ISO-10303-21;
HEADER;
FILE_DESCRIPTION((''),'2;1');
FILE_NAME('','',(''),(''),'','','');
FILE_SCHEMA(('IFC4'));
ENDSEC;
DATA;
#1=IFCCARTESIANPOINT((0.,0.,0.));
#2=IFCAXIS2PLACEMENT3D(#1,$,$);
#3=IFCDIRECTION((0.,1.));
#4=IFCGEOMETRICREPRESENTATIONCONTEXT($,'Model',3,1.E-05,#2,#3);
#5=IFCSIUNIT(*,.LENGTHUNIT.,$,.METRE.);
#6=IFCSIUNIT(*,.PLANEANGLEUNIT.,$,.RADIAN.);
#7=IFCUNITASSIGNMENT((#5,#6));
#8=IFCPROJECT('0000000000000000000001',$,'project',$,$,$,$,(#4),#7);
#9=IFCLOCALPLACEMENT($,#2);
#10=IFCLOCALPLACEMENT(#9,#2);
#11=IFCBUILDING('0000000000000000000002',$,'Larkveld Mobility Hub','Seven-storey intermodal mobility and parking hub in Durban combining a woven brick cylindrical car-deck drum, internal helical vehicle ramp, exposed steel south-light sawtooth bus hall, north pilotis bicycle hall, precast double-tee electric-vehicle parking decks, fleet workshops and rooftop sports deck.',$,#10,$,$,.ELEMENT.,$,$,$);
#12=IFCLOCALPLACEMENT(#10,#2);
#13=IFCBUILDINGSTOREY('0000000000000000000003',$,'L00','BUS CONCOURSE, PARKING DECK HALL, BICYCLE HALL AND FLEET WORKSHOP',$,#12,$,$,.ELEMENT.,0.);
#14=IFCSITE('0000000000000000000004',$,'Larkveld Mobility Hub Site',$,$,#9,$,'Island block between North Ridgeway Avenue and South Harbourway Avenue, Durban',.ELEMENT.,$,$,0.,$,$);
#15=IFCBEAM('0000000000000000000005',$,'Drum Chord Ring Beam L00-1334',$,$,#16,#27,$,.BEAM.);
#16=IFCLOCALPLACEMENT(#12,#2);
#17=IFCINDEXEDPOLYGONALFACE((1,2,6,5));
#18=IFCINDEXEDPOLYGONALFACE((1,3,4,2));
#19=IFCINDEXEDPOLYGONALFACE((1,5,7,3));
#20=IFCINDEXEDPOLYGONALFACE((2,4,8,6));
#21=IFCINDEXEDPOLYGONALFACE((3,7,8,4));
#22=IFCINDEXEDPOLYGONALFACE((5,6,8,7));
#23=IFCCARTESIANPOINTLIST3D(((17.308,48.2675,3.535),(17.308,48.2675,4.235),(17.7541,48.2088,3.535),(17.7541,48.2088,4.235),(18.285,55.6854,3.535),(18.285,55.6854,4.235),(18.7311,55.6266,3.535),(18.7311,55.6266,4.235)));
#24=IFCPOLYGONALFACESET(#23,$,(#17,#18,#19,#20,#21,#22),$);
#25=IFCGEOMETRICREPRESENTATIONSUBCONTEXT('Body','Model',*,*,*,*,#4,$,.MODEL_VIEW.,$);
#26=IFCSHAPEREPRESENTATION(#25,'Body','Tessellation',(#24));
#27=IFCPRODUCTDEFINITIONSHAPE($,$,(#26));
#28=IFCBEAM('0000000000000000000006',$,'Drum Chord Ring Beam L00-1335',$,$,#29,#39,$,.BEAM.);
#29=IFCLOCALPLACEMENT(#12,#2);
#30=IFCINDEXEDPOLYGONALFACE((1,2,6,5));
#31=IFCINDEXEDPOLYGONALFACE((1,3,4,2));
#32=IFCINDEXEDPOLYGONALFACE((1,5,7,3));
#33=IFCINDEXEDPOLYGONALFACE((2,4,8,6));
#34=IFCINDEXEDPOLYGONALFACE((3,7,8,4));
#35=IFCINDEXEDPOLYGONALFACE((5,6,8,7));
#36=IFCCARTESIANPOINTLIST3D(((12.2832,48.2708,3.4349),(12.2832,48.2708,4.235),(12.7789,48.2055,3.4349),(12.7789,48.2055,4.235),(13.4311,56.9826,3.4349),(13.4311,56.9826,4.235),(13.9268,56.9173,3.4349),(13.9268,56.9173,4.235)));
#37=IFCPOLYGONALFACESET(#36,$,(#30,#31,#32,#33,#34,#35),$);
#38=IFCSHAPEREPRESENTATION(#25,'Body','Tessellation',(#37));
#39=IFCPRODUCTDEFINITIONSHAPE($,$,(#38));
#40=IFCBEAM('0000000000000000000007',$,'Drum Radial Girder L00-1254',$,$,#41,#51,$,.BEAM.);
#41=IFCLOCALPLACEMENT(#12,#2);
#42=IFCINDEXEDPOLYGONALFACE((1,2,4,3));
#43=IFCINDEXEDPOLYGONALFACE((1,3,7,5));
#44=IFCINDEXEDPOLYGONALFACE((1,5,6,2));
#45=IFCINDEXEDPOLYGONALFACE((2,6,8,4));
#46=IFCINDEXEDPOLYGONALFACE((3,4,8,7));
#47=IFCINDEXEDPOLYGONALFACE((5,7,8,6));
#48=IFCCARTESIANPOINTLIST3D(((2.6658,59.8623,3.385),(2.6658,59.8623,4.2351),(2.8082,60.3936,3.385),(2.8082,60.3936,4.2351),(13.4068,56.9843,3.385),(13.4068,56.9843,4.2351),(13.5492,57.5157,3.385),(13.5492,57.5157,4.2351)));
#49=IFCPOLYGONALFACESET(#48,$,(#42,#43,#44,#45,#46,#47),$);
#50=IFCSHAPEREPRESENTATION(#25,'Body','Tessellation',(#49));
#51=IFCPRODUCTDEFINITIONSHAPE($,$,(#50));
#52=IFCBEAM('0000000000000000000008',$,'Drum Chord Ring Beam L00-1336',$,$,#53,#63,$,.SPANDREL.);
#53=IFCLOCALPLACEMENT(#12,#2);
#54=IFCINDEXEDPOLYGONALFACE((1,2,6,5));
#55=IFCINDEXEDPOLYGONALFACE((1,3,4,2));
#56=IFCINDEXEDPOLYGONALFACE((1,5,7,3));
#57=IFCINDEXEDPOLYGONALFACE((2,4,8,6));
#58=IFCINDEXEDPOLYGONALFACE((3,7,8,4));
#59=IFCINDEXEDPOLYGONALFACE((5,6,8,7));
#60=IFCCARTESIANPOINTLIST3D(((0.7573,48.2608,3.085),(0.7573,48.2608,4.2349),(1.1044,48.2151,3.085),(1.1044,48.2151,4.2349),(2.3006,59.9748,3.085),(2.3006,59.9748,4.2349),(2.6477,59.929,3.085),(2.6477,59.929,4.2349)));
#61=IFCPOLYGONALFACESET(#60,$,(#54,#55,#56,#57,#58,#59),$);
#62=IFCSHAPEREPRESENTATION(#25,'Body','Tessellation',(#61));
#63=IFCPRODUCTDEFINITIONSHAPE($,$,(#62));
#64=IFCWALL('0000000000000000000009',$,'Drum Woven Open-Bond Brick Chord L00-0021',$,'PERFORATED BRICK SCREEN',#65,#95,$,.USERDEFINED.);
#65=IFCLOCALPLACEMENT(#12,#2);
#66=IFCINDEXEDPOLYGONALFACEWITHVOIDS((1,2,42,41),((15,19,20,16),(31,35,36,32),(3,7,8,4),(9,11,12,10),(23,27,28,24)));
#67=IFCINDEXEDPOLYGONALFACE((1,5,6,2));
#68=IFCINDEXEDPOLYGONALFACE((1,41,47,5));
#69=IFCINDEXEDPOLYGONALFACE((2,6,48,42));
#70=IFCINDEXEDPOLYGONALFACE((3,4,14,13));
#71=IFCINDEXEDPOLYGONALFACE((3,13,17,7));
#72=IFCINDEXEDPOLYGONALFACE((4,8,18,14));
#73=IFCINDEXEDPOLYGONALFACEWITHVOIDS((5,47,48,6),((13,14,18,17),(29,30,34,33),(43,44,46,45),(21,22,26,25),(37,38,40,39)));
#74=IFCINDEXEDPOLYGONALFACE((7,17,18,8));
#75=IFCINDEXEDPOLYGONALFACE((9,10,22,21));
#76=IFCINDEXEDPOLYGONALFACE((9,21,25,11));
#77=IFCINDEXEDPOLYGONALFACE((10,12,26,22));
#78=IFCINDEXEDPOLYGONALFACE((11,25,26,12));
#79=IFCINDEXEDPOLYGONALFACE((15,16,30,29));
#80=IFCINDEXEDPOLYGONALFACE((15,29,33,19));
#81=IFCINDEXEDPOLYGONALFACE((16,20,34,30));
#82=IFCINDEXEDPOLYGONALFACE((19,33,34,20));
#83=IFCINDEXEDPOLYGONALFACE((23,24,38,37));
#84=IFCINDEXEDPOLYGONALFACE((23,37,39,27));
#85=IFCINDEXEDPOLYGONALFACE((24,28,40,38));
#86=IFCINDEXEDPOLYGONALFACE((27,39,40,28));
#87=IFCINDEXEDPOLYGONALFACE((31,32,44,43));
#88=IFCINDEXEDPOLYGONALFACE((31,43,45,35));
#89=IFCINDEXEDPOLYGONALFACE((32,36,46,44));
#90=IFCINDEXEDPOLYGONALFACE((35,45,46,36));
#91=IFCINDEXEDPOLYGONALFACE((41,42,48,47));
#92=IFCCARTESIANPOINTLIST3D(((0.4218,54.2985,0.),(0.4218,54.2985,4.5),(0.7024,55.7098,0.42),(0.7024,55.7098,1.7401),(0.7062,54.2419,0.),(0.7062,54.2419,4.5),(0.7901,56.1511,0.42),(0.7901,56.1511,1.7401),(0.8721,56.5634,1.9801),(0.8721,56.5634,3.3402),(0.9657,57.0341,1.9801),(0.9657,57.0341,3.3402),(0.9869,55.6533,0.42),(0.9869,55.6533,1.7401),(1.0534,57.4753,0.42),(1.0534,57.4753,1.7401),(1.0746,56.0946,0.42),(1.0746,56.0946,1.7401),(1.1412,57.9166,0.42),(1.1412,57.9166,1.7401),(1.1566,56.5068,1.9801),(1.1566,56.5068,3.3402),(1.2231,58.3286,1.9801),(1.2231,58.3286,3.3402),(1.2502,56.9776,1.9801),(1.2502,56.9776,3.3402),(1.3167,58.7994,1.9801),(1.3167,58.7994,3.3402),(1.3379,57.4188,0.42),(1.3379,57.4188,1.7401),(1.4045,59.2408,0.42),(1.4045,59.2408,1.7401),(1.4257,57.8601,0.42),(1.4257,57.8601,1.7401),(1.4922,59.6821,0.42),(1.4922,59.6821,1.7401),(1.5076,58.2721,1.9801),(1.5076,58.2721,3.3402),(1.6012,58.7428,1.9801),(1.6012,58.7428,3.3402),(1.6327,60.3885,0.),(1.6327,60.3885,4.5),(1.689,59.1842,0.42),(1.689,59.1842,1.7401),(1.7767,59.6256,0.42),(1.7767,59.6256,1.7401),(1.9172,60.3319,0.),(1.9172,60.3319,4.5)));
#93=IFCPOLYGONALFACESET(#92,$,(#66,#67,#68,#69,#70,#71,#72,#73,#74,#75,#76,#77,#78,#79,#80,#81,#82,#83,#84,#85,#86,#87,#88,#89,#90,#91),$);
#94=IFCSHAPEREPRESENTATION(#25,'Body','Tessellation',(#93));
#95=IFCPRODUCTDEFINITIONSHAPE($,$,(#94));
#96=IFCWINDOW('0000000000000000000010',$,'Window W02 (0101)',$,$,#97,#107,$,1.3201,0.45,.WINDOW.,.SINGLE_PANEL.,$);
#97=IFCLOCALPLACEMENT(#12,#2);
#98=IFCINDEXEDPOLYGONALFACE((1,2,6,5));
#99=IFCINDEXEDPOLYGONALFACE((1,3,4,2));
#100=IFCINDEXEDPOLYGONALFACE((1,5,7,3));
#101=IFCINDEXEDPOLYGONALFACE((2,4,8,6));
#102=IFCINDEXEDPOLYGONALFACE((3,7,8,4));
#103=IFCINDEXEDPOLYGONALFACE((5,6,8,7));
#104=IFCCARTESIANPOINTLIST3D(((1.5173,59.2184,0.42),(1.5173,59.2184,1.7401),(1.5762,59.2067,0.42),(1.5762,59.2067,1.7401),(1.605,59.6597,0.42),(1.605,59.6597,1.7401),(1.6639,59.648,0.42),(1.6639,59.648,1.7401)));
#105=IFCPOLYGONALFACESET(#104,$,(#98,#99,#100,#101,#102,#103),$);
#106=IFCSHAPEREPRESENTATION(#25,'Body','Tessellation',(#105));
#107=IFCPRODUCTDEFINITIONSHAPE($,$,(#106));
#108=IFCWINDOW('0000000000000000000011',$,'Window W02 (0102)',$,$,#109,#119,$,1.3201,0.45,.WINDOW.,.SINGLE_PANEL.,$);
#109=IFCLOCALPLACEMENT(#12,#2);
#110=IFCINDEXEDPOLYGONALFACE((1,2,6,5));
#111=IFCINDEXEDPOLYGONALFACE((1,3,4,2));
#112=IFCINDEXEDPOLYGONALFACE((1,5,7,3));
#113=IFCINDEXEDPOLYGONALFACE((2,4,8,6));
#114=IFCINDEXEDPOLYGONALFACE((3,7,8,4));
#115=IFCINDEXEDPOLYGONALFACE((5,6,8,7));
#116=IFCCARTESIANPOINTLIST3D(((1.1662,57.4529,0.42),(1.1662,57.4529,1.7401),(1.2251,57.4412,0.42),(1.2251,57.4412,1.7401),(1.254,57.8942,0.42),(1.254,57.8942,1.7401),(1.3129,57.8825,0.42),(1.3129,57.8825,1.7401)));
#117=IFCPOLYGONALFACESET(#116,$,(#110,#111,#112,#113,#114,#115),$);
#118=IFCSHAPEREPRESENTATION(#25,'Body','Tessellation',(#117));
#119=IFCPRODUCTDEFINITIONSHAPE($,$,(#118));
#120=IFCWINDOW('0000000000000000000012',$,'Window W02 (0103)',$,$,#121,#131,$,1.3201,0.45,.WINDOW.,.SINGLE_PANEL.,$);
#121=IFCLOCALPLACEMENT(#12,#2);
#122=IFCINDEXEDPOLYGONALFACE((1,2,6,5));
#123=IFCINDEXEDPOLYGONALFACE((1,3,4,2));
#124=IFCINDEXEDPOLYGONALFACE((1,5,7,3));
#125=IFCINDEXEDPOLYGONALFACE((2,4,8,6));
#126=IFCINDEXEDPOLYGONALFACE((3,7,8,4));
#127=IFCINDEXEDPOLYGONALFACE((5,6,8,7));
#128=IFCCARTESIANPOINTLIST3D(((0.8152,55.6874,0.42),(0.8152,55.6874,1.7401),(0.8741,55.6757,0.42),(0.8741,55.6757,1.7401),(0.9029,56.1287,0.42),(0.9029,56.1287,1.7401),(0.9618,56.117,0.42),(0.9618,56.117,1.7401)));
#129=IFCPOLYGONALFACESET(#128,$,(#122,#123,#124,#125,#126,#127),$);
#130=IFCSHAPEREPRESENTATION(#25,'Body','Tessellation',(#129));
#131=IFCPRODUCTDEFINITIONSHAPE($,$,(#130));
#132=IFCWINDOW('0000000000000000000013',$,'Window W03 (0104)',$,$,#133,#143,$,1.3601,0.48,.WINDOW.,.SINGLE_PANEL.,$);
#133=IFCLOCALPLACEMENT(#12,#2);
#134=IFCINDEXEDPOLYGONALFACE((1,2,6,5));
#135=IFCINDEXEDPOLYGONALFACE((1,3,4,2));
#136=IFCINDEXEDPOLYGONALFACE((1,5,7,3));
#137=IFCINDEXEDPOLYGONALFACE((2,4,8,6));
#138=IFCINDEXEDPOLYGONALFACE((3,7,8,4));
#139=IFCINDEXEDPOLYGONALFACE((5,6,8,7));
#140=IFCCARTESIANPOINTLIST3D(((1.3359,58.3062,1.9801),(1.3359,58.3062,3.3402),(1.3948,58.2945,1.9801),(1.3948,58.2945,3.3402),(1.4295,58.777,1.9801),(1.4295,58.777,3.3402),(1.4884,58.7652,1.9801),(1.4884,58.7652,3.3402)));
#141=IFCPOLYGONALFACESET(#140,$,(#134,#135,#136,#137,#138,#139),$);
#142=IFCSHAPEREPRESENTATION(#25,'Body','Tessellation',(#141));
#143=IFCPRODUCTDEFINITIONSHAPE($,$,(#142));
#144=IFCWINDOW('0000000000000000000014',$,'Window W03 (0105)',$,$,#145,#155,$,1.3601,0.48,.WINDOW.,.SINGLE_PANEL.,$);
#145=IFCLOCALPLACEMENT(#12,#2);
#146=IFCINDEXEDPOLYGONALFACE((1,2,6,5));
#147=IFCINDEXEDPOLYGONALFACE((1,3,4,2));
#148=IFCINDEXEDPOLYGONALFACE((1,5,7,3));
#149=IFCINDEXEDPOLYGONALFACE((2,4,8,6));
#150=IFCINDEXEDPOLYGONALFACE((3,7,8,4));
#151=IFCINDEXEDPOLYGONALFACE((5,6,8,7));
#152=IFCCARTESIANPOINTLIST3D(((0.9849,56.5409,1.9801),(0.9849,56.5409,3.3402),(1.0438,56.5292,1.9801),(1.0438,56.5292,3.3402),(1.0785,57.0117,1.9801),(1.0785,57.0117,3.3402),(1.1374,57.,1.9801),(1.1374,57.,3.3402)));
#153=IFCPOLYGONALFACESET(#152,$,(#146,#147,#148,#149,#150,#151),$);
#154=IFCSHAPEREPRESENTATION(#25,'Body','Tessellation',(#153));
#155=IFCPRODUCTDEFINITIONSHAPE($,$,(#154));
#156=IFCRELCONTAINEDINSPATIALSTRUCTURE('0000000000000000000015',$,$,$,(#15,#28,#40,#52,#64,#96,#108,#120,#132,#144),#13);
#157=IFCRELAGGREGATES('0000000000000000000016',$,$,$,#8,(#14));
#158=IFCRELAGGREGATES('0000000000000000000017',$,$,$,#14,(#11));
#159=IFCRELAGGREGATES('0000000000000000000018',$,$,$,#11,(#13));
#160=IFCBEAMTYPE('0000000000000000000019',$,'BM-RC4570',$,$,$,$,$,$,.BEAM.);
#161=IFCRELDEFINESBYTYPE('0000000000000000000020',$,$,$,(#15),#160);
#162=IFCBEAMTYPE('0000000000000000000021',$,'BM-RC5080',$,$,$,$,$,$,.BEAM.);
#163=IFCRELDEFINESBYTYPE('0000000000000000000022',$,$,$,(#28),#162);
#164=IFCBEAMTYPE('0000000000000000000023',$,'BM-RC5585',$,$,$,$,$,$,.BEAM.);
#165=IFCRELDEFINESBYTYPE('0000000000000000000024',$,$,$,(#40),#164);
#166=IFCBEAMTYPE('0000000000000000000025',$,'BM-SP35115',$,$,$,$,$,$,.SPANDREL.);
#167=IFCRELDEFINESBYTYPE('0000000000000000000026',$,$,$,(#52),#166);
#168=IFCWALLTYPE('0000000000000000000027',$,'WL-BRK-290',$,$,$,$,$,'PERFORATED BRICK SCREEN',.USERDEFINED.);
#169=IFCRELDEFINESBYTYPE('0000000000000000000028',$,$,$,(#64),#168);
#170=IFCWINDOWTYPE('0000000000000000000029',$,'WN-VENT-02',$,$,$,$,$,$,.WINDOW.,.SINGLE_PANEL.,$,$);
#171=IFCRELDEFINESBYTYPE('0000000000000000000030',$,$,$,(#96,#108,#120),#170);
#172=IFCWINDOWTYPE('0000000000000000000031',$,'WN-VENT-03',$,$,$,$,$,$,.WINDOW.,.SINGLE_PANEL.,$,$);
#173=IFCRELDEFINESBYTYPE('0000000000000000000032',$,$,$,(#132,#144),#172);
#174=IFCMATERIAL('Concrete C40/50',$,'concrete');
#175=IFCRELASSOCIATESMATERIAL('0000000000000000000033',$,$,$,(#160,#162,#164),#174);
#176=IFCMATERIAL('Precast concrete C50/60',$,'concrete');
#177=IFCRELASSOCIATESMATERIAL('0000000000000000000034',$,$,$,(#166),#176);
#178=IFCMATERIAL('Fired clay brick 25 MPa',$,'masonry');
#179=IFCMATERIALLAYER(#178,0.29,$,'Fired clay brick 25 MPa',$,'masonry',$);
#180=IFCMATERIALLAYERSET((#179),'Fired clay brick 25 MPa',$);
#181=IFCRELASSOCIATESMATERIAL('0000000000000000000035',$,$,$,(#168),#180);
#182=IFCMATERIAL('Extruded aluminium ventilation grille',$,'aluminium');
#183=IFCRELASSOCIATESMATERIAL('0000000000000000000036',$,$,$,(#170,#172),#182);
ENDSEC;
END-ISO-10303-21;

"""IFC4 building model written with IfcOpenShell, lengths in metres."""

from ifc_helpers import new_model, si_unit, direction, frame, frame_2d, origin, origin_2d, place, context, subcontext, project, spatial, rectangle, extrude, material, layer, layer_set, material_profile, profile_set, type_object, element, fill, save


model = new_model("IFC4")

# Units and contexts
model_context = context("Model", 3, precision=1e-05, world=origin(), true_north=direction((0.0, 1.0)))
body_context = subcontext(model_context, "Body", "Model", "MODEL_VIEW")
ifc_project = project(units=[si_unit("LENGTHUNIT", "METRE"), si_unit("PLANEANGLEUNIT", "RADIAN")], contexts=[model_context])

# Site, building, storey
site_placement = place(None, origin())
site = spatial("IfcSite", under=ifc_project, at=site_placement, Name="Larkveld Mobility Hub Site", LongName="Island block between North Ridgeway Avenue and South Harbourway Avenue, Durban", CompositionType="ELEMENT", RefElevation=0.0)
building_placement = place(site_placement, origin())
building = spatial("IfcBuilding", under=site, at=building_placement, Name="Larkveld Mobility Hub", Description="Seven-storey intermodal mobility and parking hub in Durban combining a woven brick cylindrical car-deck drum, internal helical vehicle ramp, exposed steel south-light sawtooth bus hall, north pilotis bicycle hall, precast double-tee electric-vehicle parking decks, fleet workshops and rooftop sports deck.", CompositionType="ELEMENT")
storey_placement = place(building_placement, origin())
storey = spatial("IfcBuildingStorey", under=building, at=storey_placement, Name="L00", Description="BUS CONCOURSE, PARKING DECK HALL, BICYCLE HALL AND FLEET WORKSHOP", CompositionType="ELEMENT", Elevation=0.0)

# Shared definitions
ifc_material_1 = material(Name="Concrete C40/50", Category="concrete")

# Beams
ifc_material_profile_1 = material_profile(ifc_material_1, rectangle(XDim=0.45, YDim=0.7, at=origin_2d()), Name="RC BM 450x700")
ifc_profile_set_1 = profile_set([ifc_material_profile_1], Name="Concrete C40/50")
beam_type_1 = type_object("IfcBeamType", Name="BM-RC4570", PredefinedType="BEAM", material=ifc_profile_set_1)
beam_1_placement = place(storey_placement, frame((18.5081, 55.656, 3.885), z_axis=(-0.130586, -0.991437, 0.0), x_axis=(0.991437, -0.130586, 0.0)))
element("IfcBeam", 1, at=beam_1_placement, inside=storey, type_object=beam_type_1, Name="Drum Chord Ring Beam L00-1334", PredefinedType="BEAM", context=body_context, shape_type="SweptSolid", body=[
    extrude(rectangle(XDim=0.45, YDim=0.7, at=origin_2d()), origin(), (0.0, 0.0, 1.0), 7.4819),
])
ifc_material_profile_2 = material_profile(ifc_material_1, rectangle(XDim=0.5, YDim=0.8, at=origin_2d()), Name="RC BM 500x800")
ifc_profile_set_2 = profile_set([ifc_material_profile_2], Name="Concrete C40/50")
beam_type_2 = type_object("IfcBeamType", Name="BM-RC5080", PredefinedType="BEAM", material=ifc_profile_set_2)
beam_2_placement = place(storey_placement, frame((13.679, 56.95, 3.835), z_axis=(-0.130638, -0.99143, 0.0), x_axis=(0.99143, -0.130638, 0.0)))
element("IfcBeam", 2, at=beam_2_placement, inside=storey, type_object=beam_type_2, Name="Drum Chord Ring Beam L00-1335", PredefinedType="BEAM", context=body_context, shape_type="SweptSolid", body=[
    extrude(rectangle(XDim=0.5, YDim=0.8, at=origin_2d()), origin(), (0.0, 0.0, 1.0), 8.7871),
])
ifc_material_profile_3 = material_profile(ifc_material_1, rectangle(XDim=0.55, YDim=0.8501, at=origin_2d()), Name="RC BM 550x850")
ifc_profile_set_3 = profile_set([ifc_material_profile_3], Name="Concrete C40/50")
beam_type_3 = type_object("IfcBeamType", Name="BM-RC5585", PredefinedType="BEAM", material=ifc_profile_set_3)
beam_3_placement = place(storey_placement, frame((13.478, 57.25, 3.8101), z_axis=(-0.965928, 0.25881, 0.0), x_axis=(-0.25881, -0.965928, 0.0)))
element("IfcBeam", 3, at=beam_3_placement, inside=storey, type_object=beam_type_3, Name="Drum Radial Girder L00-1254", PredefinedType="BEAM", context=body_context, shape_type="SweptSolid", body=[
    extrude(rectangle(XDim=0.55, YDim=0.8501, at=origin_2d()), origin(), (0.0, 0.0, 1.0), 11.1199),
])
ifc_material_2 = material(Name="Precast concrete C50/60", Category="concrete")
ifc_material_profile_4 = material_profile(ifc_material_2, rectangle(XDim=0.3501, YDim=1.1499, at=origin_2d()), Name="PC SP 350x1150")
ifc_profile_set_4 = profile_set([ifc_material_profile_4], Name="Precast concrete C50/60")
beam_type_4 = type_object("IfcBeamType", Name="BM-SP35115", PredefinedType="SPANDREL", material=ifc_profile_set_4)
beam_4_placement = place(storey_placement, frame((2.4741, 59.9519, 3.6599), z_axis=(-0.130614, -0.991433, 0.0), x_axis=(0.991433, -0.130614, 0.0)))
element("IfcBeam", 4, at=beam_4_placement, inside=storey, type_object=beam_type_4, Name="Drum Chord Ring Beam L00-1336", PredefinedType="SPANDREL", context=body_context, shape_type="SweptSolid", body=[
    extrude(rectangle(XDim=0.3501, YDim=1.1499, at=origin_2d()), origin(), (0.0, 0.0, 1.0), 11.8152),
])

# Wall, openings, windows
ifc_material_3 = material(Name="Fired clay brick 25 MPa", Category="masonry")
ifc_layer_1 = layer(ifc_material_3, 0.29, Name="Fired clay brick 25 MPa", Category="masonry")
ifc_layer_set_1 = layer_set([ifc_layer_1], Name="Fired clay brick 25 MPa")
wall_type_1 = type_object("IfcWallType", Name="WL-BRK-290", ElementType="PERFORATED BRICK SCREEN", PredefinedType="USERDEFINED", material=ifc_layer_set_1)
wall_1_placement = place(storey_placement, frame((1.7749, 60.3601, 0.0), z_axis=(0.0, 0.0, 1.0), x_axis=(-0.19502, -0.980799, 0.0)))
wall_1 = element("IfcWall", 5, at=wall_1_placement, inside=storey, type_object=wall_type_1, Name="Drum Woven Open-Bond Brick Chord L00-0021", ObjectType="PERFORATED BRICK SCREEN", PredefinedType="USERDEFINED", context=body_context, shape_type="SweptSolid", body=[
    extrude(rectangle(XDim=6.2092, YDim=0.29, at=frame_2d((3.1045, 0.0))), origin(), (0.0, 0.0, 1.0), 4.5),
])
opening_1_placement = place(wall_1_placement, frame((0.72, 0.0, 0.4199)))
opening_1 = element("IfcOpeningElement", 6, at=opening_1_placement, cuts=wall_1, PredefinedType="OPENING", context=body_context, shape_type="SweptSolid", body=[
    extrude(rectangle(XDim=0.45, YDim=1.3201, at=frame_2d((0.2251, 0.6602))), frame((0.0, 0.155, 0.0), z_axis=(0.0, -1.0, 0.0), x_axis=(1.0, 0.0, 0.0)), (0.0, 0.0, 1.0), 0.3101),
])
opening_2_placement = place(wall_1_placement, frame((2.52, 0.0, 0.4199)))
opening_2 = element("IfcOpeningElement", 7, at=opening_2_placement, cuts=wall_1, PredefinedType="OPENING", context=body_context, shape_type="SweptSolid", body=[
    extrude(rectangle(XDim=0.45, YDim=1.3201, at=frame_2d((0.2251, 0.6602))), frame((0.0, 0.155, 0.0), z_axis=(0.0, -1.0, 0.0), x_axis=(1.0, 0.0, 0.0)), (0.0, 0.0, 1.0), 0.3101),
])
opening_3_placement = place(wall_1_placement, frame((4.3201, 0.0, 0.4199)))
opening_3 = element("IfcOpeningElement", 8, at=opening_3_placement, cuts=wall_1, PredefinedType="OPENING", context=body_context, shape_type="SweptSolid", body=[
    extrude(rectangle(XDim=0.45, YDim=1.3201, at=frame_2d((0.2251, 0.6602))), frame((0.0, 0.155, 0.0), z_axis=(0.0, -1.0, 0.0), x_axis=(1.0, 0.0, 0.0)), (0.0, 0.0, 1.0), 0.3101),
])
opening_4_placement = place(wall_1_placement, frame((1.6201, 0.0, 1.98)))
opening_4 = element("IfcOpeningElement", 9, at=opening_4_placement, cuts=wall_1, PredefinedType="OPENING", context=body_context, shape_type="SweptSolid", body=[
    extrude(rectangle(XDim=0.48, YDim=1.3601, at=frame_2d((0.24, 0.6802))), frame((0.0, 0.155, 0.0), z_axis=(0.0, -1.0, 0.0), x_axis=(1.0, 0.0, 0.0)), (0.0, 0.0, 1.0), 0.3101),
])
opening_5_placement = place(wall_1_placement, frame((3.4199, 0.0, 1.98)))
opening_5 = element("IfcOpeningElement", 10, at=opening_5_placement, cuts=wall_1, PredefinedType="OPENING", context=body_context, shape_type="SweptSolid", body=[
    extrude(rectangle(XDim=0.48, YDim=1.3601, at=frame_2d((0.24, 0.6802))), frame((0.0, 0.155, 0.0), z_axis=(0.0, -1.0, 0.0), x_axis=(1.0, 0.0, 0.0)), (0.0, 0.0, 1.0), 0.3101),
])
ifc_material_4 = material(Name="Extruded aluminium ventilation grille", Category="aluminium")
window_type_1 = type_object("IfcWindowType", Name="WN-VENT-02", PartitioningType="SINGLE_PANEL", PredefinedType="WINDOW", material=ifc_material_4)
window_1_placement = place(opening_1_placement, origin())
window_1 = element("IfcWindow", 11, at=window_1_placement, inside=storey, type_object=window_type_1, Name="Window W02 (0101)", OverallHeight=1.3201, OverallWidth=0.45, PartitioningType="SINGLE_PANEL", PredefinedType="WINDOW", context=body_context, shape_type="SweptSolid", body=[
    extrude(rectangle(XDim=0.45, YDim=1.3201, at=frame_2d((0.2251, 0.6602))), frame((0.0, 0.03, 0.0), z_axis=(0.0, -1.0, 0.0), x_axis=(1.0, 0.0, 0.0)), (0.0, 0.0, 1.0), 0.0601),
])
fill(opening_1, window_1)
window_2_placement = place(opening_2_placement, origin())
window_2 = element("IfcWindow", 12, at=window_2_placement, inside=storey, type_object=window_type_1, Name="Window W02 (0102)", OverallHeight=1.3201, OverallWidth=0.45, PartitioningType="SINGLE_PANEL", PredefinedType="WINDOW", context=body_context, shape_type="SweptSolid", body=[
    extrude(rectangle(XDim=0.45, YDim=1.3201, at=frame_2d((0.2251, 0.6602))), frame((0.0, 0.03, 0.0), z_axis=(0.0, -1.0, 0.0), x_axis=(1.0, 0.0, 0.0)), (0.0, 0.0, 1.0), 0.0601),
])
fill(opening_2, window_2)
window_3_placement = place(opening_3_placement, origin())
window_3 = element("IfcWindow", 13, at=window_3_placement, inside=storey, type_object=window_type_1, Name="Window W02 (0103)", OverallHeight=1.3201, OverallWidth=0.45, PartitioningType="SINGLE_PANEL", PredefinedType="WINDOW", context=body_context, shape_type="SweptSolid", body=[
    extrude(rectangle(XDim=0.45, YDim=1.3201, at=frame_2d((0.2251, 0.6602))), frame((0.0, 0.03, 0.0), z_axis=(0.0, -1.0, 0.0), x_axis=(1.0, 0.0, 0.0)), (0.0, 0.0, 1.0), 0.0601),
])
fill(opening_3, window_3)
window_type_2 = type_object("IfcWindowType", Name="WN-VENT-03", PartitioningType="SINGLE_PANEL", PredefinedType="WINDOW", material=ifc_material_4)
window_4_placement = place(opening_4_placement, origin())
window_4 = element("IfcWindow", 14, at=window_4_placement, inside=storey, type_object=window_type_2, Name="Window W03 (0104)", OverallHeight=1.3601, OverallWidth=0.48, PartitioningType="SINGLE_PANEL", PredefinedType="WINDOW", context=body_context, shape_type="SweptSolid", body=[
    extrude(rectangle(XDim=0.48, YDim=1.3601, at=frame_2d((0.24, 0.6802))), frame((0.0, 0.03, 0.0), z_axis=(0.0, -1.0, 0.0), x_axis=(1.0, 0.0, 0.0)), (0.0, 0.0, 1.0), 0.0601),
])
fill(opening_4, window_4)
window_5_placement = place(opening_5_placement, origin())
window_5 = element("IfcWindow", 15, at=window_5_placement, inside=storey, type_object=window_type_2, Name="Window W03 (0105)", OverallHeight=1.3601, OverallWidth=0.48, PartitioningType="SINGLE_PANEL", PredefinedType="WINDOW", context=body_context, shape_type="SweptSolid", body=[
    extrude(rectangle(XDim=0.48, YDim=1.3601, at=frame_2d((0.24, 0.6802))), frame((0.0, 0.03, 0.0), z_axis=(0.0, -1.0, 0.0), x_axis=(1.0, 0.0, 0.0)), (0.0, 0.0, 1.0), 0.0601),
])
fill(opening_5, window_5)

save(model, "model.ifc")
